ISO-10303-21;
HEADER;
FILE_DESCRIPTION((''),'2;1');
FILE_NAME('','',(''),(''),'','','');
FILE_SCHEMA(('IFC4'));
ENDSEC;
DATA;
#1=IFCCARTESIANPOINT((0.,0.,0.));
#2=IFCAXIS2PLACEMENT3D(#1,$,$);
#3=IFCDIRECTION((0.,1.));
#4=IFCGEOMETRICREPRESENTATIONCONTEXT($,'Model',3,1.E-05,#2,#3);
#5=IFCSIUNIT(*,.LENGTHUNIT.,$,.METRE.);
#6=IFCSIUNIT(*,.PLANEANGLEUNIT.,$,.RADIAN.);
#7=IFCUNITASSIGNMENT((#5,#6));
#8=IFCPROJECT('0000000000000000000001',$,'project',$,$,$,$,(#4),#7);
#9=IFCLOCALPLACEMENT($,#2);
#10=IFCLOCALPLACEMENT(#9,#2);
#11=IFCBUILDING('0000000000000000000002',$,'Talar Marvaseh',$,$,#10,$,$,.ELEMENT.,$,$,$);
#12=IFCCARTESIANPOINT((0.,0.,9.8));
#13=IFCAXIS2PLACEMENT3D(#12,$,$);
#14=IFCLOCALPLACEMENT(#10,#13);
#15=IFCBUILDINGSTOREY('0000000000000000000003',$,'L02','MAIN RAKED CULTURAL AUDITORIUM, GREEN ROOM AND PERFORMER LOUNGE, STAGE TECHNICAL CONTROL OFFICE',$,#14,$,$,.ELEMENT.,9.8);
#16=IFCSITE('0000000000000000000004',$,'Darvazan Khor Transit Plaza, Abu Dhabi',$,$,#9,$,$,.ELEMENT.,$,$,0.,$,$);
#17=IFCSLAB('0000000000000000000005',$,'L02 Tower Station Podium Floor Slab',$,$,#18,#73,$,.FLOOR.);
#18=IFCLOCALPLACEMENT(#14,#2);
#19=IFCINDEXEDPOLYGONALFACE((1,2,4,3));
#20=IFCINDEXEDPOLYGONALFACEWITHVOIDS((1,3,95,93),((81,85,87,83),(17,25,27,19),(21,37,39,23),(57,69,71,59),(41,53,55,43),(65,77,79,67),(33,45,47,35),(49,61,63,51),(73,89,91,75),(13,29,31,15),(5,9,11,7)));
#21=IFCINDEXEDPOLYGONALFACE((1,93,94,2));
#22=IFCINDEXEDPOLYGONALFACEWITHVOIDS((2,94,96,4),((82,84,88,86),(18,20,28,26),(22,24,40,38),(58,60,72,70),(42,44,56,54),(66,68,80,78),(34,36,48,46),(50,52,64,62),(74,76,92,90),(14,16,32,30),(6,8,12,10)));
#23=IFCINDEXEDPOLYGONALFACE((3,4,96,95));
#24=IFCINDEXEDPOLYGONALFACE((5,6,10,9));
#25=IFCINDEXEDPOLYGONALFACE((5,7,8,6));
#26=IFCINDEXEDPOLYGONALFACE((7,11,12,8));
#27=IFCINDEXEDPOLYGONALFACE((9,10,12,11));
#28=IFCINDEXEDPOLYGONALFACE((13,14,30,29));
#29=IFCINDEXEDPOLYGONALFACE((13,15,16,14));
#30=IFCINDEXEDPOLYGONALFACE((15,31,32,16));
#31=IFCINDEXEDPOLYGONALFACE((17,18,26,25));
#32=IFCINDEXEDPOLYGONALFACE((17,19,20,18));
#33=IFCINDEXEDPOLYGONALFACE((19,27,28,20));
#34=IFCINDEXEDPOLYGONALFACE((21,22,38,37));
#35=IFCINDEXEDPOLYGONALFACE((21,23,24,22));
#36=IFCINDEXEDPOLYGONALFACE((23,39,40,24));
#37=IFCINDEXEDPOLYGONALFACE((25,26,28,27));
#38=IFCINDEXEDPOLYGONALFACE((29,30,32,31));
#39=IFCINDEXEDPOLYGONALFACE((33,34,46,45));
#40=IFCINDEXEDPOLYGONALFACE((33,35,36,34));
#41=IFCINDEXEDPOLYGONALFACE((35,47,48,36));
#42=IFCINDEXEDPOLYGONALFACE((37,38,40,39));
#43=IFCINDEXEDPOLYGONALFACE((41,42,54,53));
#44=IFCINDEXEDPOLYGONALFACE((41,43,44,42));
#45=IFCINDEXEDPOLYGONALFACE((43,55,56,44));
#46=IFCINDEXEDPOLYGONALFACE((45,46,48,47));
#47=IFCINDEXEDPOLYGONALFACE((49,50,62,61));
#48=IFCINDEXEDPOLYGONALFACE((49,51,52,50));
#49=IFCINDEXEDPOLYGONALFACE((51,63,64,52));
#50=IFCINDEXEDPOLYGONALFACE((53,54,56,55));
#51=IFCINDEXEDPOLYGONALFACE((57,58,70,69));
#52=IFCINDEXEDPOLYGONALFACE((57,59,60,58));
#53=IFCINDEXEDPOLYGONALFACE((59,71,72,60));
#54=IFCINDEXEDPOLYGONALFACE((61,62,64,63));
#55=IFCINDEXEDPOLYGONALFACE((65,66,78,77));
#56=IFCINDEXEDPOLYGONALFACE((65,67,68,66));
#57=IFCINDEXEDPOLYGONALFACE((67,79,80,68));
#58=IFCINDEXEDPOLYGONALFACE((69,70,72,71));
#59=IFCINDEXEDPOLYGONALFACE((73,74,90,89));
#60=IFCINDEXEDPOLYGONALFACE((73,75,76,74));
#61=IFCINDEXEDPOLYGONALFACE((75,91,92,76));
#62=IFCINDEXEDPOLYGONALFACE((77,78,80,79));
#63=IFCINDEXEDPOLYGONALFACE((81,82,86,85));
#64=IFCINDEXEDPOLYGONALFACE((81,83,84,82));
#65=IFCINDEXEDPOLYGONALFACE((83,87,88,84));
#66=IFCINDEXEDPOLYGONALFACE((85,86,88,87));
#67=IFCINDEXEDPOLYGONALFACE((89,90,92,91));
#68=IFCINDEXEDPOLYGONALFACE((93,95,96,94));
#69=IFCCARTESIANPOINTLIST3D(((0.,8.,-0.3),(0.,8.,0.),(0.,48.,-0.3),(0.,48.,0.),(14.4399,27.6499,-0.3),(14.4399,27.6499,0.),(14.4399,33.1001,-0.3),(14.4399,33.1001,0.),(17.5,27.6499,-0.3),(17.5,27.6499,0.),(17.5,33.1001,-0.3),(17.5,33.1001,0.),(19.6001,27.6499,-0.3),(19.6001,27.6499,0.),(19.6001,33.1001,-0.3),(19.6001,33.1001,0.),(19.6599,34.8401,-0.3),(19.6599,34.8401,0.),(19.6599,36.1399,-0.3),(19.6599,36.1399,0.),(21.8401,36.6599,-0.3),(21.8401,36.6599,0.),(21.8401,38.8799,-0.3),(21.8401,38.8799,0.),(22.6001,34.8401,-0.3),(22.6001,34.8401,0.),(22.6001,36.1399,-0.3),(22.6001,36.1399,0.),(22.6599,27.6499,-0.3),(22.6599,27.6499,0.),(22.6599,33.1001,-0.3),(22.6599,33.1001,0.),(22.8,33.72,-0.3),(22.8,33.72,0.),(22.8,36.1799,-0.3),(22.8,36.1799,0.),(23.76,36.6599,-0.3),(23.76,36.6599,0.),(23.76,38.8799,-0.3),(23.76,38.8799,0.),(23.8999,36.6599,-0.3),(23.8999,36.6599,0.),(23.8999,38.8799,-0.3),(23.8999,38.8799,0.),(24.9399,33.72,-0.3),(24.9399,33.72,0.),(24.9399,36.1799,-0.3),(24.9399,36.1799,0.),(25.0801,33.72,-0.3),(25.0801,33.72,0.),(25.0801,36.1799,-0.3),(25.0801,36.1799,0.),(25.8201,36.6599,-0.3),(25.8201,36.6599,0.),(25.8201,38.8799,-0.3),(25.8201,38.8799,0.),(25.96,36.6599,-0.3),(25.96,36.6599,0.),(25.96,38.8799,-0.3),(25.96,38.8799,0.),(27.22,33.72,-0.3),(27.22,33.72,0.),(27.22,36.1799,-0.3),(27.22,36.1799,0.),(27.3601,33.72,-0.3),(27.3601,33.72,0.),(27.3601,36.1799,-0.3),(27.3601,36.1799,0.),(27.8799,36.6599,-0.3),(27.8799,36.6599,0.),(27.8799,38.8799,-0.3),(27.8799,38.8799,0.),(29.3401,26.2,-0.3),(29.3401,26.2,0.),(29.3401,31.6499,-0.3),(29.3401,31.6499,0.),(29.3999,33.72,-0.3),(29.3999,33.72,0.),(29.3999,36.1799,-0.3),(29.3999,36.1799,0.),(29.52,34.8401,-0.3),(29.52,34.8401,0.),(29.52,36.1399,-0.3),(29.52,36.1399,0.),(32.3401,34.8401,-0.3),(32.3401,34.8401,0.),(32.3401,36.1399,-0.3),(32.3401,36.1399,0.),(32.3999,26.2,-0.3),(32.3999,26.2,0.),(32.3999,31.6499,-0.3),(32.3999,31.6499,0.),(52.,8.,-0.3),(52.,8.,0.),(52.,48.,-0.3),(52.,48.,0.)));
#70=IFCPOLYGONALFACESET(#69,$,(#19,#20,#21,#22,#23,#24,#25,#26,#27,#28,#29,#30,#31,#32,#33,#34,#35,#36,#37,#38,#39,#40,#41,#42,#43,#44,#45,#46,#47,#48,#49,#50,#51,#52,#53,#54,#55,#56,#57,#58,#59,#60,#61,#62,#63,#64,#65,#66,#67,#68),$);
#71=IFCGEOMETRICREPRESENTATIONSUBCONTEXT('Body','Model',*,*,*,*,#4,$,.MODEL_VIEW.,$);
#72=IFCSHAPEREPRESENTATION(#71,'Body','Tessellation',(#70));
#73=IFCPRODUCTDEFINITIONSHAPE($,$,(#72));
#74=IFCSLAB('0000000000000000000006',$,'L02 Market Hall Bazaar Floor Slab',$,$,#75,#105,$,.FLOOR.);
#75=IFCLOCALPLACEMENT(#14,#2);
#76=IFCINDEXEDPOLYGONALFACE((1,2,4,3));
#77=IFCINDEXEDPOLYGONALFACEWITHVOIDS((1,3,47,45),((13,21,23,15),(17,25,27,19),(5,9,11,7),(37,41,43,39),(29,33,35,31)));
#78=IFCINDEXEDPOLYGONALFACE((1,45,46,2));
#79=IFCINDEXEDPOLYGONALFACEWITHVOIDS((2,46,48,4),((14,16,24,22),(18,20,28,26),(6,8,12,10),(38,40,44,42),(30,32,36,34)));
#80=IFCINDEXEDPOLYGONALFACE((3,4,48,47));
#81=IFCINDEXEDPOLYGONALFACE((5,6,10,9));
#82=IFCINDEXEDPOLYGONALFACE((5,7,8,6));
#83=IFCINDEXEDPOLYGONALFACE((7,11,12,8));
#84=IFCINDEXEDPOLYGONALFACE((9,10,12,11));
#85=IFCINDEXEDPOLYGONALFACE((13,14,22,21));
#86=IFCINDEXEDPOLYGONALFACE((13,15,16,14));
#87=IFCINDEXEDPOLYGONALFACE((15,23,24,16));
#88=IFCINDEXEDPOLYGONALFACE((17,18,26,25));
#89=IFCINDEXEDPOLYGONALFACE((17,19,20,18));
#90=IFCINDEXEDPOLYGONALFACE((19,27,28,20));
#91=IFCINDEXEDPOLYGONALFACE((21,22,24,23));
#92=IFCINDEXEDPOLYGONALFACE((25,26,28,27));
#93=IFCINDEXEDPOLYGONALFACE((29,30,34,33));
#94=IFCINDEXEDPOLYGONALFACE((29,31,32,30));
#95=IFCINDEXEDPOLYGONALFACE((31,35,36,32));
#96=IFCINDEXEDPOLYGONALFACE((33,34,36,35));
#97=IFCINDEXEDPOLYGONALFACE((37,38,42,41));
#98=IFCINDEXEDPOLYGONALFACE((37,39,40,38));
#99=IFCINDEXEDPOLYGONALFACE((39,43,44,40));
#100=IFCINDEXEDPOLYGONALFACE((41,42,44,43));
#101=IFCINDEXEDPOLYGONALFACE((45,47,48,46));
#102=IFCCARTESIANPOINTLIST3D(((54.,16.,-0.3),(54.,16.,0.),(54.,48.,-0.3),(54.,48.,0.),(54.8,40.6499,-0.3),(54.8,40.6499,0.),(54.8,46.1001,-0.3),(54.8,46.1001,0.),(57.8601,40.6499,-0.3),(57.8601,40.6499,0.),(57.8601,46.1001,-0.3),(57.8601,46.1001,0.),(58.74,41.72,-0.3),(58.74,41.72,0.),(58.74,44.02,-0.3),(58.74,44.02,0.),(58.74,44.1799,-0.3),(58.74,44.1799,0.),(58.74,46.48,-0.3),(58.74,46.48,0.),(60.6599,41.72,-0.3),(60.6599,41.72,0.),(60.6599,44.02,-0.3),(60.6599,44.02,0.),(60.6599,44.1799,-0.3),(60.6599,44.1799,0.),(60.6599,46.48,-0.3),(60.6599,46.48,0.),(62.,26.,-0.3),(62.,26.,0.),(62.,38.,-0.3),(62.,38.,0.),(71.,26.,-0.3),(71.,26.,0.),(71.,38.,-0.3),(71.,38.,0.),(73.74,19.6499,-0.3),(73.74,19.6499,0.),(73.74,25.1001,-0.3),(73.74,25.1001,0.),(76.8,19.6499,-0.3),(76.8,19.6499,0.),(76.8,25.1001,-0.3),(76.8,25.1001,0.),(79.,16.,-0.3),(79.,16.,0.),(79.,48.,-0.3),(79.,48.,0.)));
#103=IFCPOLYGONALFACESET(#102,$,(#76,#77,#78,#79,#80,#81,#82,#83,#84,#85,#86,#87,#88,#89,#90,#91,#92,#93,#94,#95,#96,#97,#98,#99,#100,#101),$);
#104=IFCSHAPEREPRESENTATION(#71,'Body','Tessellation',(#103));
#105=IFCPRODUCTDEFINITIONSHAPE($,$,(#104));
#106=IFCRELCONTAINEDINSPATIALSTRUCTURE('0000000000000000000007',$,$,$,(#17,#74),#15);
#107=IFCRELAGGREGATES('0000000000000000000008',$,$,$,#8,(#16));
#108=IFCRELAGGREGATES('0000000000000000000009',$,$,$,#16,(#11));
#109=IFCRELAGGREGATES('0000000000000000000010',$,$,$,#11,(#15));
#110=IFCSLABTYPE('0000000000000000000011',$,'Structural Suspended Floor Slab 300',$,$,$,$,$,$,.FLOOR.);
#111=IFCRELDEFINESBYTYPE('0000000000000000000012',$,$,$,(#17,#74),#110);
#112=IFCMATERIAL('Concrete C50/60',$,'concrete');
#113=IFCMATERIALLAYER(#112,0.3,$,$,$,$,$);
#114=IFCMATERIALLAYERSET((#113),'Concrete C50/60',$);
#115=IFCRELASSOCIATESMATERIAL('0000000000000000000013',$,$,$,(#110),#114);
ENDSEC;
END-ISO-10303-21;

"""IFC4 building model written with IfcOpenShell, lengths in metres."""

from ifc_helpers import new_model, si_unit, direction, frame, origin, place, context, subcontext, project, spatial, polyline, outline, extrude, material, layer, layer_set, type_object, element, save


model = new_model("IFC4")

# Units and contexts
model_context = context("Model", 3, precision=1e-05, world=origin(), true_north=direction((0.0, 1.0)))
body_context = subcontext(model_context, "Body", "Model", "MODEL_VIEW")
ifc_project = project(units=[si_unit("LENGTHUNIT", "METRE"), si_unit("PLANEANGLEUNIT", "RADIAN")], contexts=[model_context])

# Site, building, storey
site_placement = place(None, origin())
site = spatial("IfcSite", under=ifc_project, at=site_placement, Name="Darvazan Khor Transit Plaza, Abu Dhabi", CompositionType="ELEMENT", RefElevation=0.0)
building_placement = place(site_placement, origin())
building = spatial("IfcBuilding", under=site, at=building_placement, Name="Talar Marvaseh", CompositionType="ELEMENT")
storey_placement = place(building_placement, frame((0.0, 0.0, 9.8)))
storey = spatial("IfcBuildingStorey", under=building, at=storey_placement, Name="L02", Description="MAIN RAKED CULTURAL AUDITORIUM, GREEN ROOM AND PERFORMER LOUNGE, STAGE TECHNICAL CONTROL OFFICE", CompositionType="ELEMENT", Elevation=9.8)

# Slabs
ifc_material_1 = material(Name="Concrete C50/60", Category="concrete")
ifc_layer_1 = layer(ifc_material_1, 0.3)
ifc_layer_set_1 = layer_set([ifc_layer_1], Name="Concrete C50/60")
slab_type_1 = type_object("IfcSlabType", Name="Structural Suspended Floor Slab 300", PredefinedType="FLOOR", material=ifc_layer_set_1)
slab_1_placement = place(storey_placement, frame((0.0, 0.0, -0.3)))
element("IfcSlab", 1, at=slab_1_placement, inside=storey, type_object=slab_type_1, Name="L02 Tower Station Podium Floor Slab", PredefinedType="FLOOR", context=body_context, shape_type="SweptSolid", body=[
    extrude(outline(polyline([(0.0, 8.0), (52.0, 8.0), (52.0, 48.0), (0.0, 48.0), (0.0, 8.0)]), holes=[polyline([(22.6599, 27.6499), (22.6599, 33.1001), (19.6001, 33.1001), (19.6001, 27.6499), (22.6599, 27.6499)]), polyline([(29.3401, 31.6499), (29.3401, 26.2), (32.3999, 26.2), (32.3999, 31.6499), (29.3401, 31.6499)]), polyline([(17.5, 27.6499), (17.5, 33.1001), (14.4399, 33.1001), (14.4399, 27.6499), (17.5, 27.6499)]), polyline([(22.8, 33.72), (24.9399, 33.72), (24.9399, 36.1799), (22.8, 36.1799), (22.8, 33.72)]), polyline([(25.0801, 33.72), (27.22, 33.72), (27.22, 36.1799), (25.0801, 36.1799), (25.0801, 33.72)]), polyline([(27.3601, 33.72), (29.3999, 33.72), (29.3999, 36.1799), (27.3601, 36.1799), (27.3601, 33.72)]), polyline([(21.8401, 36.6599), (23.76, 36.6599), (23.76, 38.8799), (21.8401, 38.8799), (21.8401, 36.6599)]), polyline([(23.8999, 36.6599), (25.8201, 36.6599), (25.8201, 38.8799), (23.8999, 38.8799), (23.8999, 36.6599)]), polyline([(25.96, 36.6599), (27.8799, 36.6599), (27.8799, 38.8799), (25.96, 38.8799), (25.96, 36.6599)]), polyline([(19.6599, 34.8401), (22.6001, 34.8401), (22.6001, 36.1399), (19.6599, 36.1399), (19.6599, 34.8401)]), polyline([(29.52, 34.8401), (32.3401, 34.8401), (32.3401, 36.1399), (29.52, 36.1399), (29.52, 34.8401)])]), origin(), (0.0, 0.0, 1.0), 0.3),
])
slab_2_placement = place(storey_placement, frame((0.0, 0.0, -0.3)))
element("IfcSlab", 2, at=slab_2_placement, inside=storey, type_object=slab_type_1, Name="L02 Market Hall Bazaar Floor Slab", PredefinedType="FLOOR", context=body_context, shape_type="SweptSolid", body=[
    extrude(outline(polyline([(54.0, 16.0), (79.0, 16.0), (79.0, 48.0), (54.0, 48.0), (54.0, 16.0)]), holes=[polyline([(57.8601, 40.6499), (57.8601, 46.1001), (54.8, 46.1001), (54.8, 40.6499), (57.8601, 40.6499)]), polyline([(76.8, 19.6499), (76.8, 25.1001), (73.74, 25.1001), (73.74, 19.6499), (76.8, 19.6499)]), polyline([(58.74, 44.1799), (60.6599, 44.1799), (60.6599, 46.48), (58.74, 46.48), (58.74, 44.1799)]), polyline([(58.74, 41.72), (60.6599, 41.72), (60.6599, 44.02), (58.74, 44.02), (58.74, 41.72)]), polyline([(62.0, 26.0), (71.0, 26.0), (71.0, 38.0), (62.0, 38.0), (62.0, 26.0)])]), origin(), (0.0, 0.0, 1.0), 0.3),
])

save(model, "model.ifc")
